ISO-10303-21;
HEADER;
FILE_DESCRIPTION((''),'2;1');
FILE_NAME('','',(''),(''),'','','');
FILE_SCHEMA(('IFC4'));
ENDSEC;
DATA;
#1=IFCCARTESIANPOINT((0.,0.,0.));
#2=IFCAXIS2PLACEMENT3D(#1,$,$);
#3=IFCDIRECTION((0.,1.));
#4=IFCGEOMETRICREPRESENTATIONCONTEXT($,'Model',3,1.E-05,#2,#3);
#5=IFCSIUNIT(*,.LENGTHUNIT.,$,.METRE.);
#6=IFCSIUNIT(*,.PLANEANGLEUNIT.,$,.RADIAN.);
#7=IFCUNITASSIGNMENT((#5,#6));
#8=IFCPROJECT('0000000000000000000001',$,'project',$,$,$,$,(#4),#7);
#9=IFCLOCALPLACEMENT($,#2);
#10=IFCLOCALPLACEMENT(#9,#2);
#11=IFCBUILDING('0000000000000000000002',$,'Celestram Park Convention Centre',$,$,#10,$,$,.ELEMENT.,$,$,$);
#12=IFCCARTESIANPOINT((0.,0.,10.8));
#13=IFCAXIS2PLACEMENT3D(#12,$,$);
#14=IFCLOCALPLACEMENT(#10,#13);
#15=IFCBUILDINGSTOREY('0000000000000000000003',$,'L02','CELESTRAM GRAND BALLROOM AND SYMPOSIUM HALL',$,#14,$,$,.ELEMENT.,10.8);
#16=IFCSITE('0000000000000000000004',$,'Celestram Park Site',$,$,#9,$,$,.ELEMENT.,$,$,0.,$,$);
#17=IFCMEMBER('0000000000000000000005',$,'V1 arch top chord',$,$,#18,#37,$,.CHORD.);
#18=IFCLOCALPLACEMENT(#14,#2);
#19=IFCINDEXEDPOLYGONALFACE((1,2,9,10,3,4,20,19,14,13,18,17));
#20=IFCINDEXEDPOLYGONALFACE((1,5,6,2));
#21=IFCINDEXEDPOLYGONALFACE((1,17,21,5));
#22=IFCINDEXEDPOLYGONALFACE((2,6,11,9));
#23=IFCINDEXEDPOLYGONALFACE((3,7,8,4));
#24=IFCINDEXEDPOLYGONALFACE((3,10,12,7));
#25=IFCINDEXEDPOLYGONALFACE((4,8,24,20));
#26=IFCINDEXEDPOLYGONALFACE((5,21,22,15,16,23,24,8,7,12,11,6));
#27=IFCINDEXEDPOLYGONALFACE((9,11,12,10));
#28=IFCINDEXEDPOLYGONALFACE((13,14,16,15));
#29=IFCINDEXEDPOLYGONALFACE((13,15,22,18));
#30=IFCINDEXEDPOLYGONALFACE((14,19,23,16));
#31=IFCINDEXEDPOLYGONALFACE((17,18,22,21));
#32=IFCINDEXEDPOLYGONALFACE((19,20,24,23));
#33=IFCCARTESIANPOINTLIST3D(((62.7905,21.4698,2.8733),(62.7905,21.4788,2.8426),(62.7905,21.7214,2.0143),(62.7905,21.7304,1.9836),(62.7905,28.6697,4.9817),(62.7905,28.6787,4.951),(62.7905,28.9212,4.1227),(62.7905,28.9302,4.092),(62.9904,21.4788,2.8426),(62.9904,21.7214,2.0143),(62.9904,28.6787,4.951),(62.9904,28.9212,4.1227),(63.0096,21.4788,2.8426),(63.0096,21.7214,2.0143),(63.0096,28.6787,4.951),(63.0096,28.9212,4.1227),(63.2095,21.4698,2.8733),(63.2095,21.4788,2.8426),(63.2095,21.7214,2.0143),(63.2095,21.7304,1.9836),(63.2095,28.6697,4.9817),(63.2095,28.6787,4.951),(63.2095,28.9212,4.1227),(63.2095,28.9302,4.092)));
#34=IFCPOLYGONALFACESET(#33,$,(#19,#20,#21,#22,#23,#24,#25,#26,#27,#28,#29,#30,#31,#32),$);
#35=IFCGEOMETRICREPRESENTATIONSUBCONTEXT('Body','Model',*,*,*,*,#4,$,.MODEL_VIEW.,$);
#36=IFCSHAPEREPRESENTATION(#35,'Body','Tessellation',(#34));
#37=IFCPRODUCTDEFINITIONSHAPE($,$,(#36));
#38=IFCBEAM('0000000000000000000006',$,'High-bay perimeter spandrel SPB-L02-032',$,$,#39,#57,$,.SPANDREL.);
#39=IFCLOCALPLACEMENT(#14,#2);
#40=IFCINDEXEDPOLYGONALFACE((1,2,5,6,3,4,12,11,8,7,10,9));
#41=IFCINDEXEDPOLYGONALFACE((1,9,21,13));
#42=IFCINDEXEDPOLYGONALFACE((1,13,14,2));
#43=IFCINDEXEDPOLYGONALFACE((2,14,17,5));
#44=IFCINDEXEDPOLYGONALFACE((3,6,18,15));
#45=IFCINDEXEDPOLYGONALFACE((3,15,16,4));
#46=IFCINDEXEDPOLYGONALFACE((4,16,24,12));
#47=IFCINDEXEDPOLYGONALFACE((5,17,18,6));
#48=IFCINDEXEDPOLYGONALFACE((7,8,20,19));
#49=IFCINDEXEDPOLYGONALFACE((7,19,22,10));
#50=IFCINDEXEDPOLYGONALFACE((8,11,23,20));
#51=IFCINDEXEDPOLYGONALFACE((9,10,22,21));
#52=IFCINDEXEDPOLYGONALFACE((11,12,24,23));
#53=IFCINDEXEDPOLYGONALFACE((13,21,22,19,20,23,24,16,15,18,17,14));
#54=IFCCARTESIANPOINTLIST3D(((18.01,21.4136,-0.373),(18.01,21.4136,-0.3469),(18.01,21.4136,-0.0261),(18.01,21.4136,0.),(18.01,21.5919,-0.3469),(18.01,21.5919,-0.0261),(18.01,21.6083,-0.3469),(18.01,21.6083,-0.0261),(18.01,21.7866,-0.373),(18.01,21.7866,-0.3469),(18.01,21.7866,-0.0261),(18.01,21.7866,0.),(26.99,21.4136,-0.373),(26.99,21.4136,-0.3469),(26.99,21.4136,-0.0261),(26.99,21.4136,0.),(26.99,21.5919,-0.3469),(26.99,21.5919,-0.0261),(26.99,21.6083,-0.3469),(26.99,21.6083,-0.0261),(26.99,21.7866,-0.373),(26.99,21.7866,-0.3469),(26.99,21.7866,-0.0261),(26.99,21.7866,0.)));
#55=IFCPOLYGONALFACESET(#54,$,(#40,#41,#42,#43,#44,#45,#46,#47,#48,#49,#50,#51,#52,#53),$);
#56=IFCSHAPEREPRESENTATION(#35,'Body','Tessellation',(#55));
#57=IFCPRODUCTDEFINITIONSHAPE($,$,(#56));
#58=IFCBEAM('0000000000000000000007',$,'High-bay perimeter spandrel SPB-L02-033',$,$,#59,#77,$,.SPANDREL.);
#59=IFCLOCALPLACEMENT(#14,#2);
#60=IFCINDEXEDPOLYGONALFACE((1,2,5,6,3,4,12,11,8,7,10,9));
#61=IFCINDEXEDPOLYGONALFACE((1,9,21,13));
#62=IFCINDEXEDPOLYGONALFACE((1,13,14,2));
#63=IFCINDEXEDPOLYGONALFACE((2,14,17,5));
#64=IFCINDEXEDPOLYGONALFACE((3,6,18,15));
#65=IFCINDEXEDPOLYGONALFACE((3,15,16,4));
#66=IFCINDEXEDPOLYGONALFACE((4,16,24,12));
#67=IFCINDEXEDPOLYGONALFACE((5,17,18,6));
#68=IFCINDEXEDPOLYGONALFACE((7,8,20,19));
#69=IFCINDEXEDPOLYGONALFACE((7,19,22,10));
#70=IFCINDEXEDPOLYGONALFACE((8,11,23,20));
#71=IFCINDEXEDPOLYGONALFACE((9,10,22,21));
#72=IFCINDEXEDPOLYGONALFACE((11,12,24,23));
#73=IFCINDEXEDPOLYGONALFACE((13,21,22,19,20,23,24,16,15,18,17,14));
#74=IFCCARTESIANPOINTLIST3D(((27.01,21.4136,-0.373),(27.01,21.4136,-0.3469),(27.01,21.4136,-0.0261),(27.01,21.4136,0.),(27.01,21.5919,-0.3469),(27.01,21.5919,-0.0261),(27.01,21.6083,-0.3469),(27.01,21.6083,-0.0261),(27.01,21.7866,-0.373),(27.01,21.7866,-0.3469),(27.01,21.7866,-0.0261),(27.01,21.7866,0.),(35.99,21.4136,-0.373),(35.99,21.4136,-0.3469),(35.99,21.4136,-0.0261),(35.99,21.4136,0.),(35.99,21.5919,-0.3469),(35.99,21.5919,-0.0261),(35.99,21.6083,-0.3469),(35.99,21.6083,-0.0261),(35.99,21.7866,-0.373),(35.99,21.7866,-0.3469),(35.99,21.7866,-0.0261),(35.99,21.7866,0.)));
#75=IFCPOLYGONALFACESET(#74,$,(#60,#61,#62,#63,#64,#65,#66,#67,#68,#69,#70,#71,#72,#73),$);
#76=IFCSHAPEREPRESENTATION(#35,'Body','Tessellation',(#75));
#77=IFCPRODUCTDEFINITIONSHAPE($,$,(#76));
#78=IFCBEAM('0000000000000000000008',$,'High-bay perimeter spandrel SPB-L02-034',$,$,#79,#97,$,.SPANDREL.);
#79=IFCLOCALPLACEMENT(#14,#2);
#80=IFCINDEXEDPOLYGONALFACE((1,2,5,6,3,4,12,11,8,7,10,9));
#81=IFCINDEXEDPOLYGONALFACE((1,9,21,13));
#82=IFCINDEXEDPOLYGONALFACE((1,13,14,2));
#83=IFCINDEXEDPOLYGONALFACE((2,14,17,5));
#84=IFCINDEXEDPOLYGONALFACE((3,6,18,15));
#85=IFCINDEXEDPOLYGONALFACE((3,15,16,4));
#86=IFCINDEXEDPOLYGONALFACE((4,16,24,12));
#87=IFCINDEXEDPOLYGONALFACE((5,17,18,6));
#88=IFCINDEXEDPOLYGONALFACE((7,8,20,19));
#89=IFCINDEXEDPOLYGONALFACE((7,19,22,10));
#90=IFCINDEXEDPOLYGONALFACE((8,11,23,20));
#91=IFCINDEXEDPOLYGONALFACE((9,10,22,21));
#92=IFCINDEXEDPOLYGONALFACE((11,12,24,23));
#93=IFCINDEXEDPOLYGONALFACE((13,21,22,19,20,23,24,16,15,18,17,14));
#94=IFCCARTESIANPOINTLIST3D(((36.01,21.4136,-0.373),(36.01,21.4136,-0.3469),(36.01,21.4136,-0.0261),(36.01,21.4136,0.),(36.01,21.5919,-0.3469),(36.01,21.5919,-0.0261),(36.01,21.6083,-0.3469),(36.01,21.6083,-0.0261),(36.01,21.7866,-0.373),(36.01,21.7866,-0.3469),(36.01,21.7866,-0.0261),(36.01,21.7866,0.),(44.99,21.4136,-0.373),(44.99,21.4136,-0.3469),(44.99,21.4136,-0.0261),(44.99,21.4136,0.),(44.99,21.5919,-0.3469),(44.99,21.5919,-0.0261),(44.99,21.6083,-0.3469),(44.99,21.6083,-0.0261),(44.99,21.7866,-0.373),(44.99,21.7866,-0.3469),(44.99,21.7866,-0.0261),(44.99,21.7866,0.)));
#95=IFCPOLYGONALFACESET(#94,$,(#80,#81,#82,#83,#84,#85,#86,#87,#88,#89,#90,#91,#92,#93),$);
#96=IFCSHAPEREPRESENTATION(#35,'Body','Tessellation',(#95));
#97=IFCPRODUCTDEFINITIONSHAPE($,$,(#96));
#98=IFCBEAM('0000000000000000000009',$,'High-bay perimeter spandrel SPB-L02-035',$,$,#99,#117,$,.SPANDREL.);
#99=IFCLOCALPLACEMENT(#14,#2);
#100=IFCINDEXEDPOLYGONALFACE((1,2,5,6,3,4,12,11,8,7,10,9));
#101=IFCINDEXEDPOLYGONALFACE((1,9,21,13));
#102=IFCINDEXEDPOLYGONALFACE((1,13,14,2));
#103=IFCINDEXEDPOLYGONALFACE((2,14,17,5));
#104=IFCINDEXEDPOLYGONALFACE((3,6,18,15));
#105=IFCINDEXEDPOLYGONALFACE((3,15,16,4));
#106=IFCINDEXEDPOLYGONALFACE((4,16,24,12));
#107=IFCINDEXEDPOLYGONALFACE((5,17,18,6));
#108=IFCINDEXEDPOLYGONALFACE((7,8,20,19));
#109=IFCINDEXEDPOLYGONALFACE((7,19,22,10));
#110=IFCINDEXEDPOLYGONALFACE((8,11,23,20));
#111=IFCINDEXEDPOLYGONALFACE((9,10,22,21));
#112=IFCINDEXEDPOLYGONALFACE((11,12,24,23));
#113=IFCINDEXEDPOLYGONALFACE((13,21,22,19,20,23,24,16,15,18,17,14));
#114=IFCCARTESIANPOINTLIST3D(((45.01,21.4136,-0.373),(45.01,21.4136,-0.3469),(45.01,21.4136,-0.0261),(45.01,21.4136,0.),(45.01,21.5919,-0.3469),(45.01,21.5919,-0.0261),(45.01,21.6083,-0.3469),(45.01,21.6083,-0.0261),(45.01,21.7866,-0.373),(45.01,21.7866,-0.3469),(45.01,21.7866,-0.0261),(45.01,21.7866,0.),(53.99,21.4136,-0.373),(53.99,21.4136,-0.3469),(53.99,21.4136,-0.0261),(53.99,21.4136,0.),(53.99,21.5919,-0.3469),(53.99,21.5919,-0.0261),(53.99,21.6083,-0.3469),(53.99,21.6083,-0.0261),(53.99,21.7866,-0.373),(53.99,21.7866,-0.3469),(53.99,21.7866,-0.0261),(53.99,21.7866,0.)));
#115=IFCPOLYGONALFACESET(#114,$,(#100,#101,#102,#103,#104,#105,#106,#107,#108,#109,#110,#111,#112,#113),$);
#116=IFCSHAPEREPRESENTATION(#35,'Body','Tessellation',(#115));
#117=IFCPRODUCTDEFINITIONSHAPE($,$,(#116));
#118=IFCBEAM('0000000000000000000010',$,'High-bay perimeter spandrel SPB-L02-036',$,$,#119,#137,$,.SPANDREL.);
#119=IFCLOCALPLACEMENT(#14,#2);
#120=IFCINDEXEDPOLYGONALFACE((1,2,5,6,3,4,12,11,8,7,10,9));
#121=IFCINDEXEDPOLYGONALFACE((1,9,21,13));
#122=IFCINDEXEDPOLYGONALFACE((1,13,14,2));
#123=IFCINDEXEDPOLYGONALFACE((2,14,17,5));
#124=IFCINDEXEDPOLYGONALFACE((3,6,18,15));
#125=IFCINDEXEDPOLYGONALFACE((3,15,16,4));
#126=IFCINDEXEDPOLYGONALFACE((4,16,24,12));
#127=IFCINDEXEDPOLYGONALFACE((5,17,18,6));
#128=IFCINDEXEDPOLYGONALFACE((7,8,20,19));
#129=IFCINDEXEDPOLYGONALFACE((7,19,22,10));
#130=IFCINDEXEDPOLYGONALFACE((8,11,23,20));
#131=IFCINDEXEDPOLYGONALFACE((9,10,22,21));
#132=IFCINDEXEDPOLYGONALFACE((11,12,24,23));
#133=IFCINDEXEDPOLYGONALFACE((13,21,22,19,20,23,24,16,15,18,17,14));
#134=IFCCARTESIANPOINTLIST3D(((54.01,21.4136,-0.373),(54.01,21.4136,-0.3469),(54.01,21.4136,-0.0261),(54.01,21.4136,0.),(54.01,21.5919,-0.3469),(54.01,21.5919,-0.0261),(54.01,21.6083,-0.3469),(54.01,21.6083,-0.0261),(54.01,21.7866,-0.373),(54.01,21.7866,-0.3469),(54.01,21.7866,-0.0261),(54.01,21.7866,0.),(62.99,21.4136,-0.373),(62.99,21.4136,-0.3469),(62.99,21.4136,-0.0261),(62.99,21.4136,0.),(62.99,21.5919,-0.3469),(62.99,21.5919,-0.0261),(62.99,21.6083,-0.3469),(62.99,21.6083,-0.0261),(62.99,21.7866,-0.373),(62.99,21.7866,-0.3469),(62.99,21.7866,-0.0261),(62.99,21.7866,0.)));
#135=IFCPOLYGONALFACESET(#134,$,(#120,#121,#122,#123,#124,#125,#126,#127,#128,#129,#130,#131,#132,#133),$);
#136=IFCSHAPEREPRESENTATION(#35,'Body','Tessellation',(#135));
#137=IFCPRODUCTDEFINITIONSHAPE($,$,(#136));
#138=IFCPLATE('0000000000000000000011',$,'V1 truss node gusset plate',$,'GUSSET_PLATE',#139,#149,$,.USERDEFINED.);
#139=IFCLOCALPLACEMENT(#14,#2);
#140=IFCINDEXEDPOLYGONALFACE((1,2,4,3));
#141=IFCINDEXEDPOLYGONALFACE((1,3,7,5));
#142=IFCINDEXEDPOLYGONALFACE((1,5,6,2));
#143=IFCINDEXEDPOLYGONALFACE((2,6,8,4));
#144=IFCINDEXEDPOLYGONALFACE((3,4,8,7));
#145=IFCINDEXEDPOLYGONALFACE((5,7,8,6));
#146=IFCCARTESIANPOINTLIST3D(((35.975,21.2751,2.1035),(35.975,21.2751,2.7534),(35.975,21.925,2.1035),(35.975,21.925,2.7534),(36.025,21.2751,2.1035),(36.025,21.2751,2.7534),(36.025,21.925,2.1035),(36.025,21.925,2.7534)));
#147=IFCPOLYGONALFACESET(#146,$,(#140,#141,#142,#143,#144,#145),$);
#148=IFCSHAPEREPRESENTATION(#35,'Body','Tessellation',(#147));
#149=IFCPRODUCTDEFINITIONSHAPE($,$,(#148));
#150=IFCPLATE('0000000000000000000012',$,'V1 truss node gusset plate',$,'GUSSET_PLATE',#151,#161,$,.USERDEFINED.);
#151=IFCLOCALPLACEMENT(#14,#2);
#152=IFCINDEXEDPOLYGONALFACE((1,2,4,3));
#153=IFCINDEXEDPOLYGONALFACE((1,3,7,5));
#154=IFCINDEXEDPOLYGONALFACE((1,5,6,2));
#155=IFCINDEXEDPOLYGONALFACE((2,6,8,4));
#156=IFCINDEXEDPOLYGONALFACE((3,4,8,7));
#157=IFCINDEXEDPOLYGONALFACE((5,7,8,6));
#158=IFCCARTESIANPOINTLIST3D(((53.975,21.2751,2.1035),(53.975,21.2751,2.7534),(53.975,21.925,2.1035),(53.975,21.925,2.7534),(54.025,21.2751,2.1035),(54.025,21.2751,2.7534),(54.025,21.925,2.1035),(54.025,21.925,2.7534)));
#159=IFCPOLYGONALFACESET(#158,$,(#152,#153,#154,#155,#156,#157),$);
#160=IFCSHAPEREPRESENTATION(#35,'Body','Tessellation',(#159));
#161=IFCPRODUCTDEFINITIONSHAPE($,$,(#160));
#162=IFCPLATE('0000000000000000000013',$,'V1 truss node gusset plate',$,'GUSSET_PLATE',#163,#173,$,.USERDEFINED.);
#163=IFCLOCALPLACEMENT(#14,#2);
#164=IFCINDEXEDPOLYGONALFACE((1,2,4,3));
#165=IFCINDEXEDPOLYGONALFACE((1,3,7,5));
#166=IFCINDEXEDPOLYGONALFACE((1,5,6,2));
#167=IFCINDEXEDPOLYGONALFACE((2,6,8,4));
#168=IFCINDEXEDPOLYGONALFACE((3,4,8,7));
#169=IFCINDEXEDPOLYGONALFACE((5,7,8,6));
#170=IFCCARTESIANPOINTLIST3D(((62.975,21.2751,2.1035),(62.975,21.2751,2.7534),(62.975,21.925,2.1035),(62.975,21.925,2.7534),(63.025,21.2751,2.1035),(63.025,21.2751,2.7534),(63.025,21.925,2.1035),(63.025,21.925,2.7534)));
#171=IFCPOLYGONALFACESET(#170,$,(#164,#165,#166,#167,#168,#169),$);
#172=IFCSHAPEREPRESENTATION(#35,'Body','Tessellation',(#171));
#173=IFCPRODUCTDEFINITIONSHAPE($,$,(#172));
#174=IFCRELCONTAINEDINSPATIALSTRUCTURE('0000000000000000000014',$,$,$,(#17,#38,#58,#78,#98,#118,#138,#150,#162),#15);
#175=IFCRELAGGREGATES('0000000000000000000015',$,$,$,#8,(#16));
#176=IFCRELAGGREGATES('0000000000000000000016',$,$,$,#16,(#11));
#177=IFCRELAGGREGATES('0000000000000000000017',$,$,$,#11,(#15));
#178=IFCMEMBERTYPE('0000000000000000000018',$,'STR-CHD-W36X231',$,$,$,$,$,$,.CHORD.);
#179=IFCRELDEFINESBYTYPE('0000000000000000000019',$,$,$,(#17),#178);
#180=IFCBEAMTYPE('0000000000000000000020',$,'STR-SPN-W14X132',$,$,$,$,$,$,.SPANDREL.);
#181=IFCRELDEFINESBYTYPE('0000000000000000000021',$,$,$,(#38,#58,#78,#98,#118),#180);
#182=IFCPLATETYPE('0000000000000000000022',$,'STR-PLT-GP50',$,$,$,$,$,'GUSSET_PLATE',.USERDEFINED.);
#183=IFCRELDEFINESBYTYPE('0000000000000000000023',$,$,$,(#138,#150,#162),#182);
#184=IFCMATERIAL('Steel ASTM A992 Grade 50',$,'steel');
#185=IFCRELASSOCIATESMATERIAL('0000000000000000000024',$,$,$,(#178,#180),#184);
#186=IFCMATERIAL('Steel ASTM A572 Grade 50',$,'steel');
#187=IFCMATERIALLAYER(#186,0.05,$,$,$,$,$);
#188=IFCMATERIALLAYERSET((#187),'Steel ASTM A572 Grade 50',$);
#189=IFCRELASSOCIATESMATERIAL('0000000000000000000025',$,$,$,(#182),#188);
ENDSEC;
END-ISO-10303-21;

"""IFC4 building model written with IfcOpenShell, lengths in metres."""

from ifc_helpers import new_model, si_unit, direction, frame, origin, origin_2d, place, context, subcontext, project, spatial, rectangle, i_section, extrude, material, layer, layer_set, material_profile, profile_set, type_object, element, save


model = new_model("IFC4")

# Units and contexts
model_context = context("Model", 3, precision=1e-05, world=origin(), true_north=direction((0.0, 1.0)))
body_context = subcontext(model_context, "Body", "Model", "MODEL_VIEW")
ifc_project = project(units=[si_unit("LENGTHUNIT", "METRE"), si_unit("PLANEANGLEUNIT", "RADIAN")], contexts=[model_context])

# Site, building, storey
site_placement = place(None, origin())
site = spatial("IfcSite", under=ifc_project, at=site_placement, Name="Celestram Park Site", CompositionType="ELEMENT", RefElevation=0.0)
building_placement = place(site_placement, origin())
building = spatial("IfcBuilding", under=site, at=building_placement, Name="Celestram Park Convention Centre", CompositionType="ELEMENT")
storey_placement = place(building_placement, frame((0.0, 0.0, 10.8)))
storey = spatial("IfcBuildingStorey", under=building, at=storey_placement, Name="L02", Description="CELESTRAM GRAND BALLROOM AND SYMPOSIUM HALL", CompositionType="ELEMENT", Elevation=10.8)

# Shared definitions
ifc_material_1 = material(Name="Steel ASTM A992 Grade 50", Category="steel")

# Member
ifc_material_profile_1 = material_profile(ifc_material_1, i_section(OverallWidth=0.4189, OverallDepth=0.927, WebThickness=0.0193, FlangeThickness=0.032, at=origin_2d()), Name="W36X231")
ifc_profile_set_1 = profile_set([ifc_material_profile_1], Name="Steel ASTM A992 Grade 50")
member_type_1 = type_object("IfcMemberType", Name="STR-CHD-W36X231", PredefinedType="CHORD", material=ifc_profile_set_1)
for number, where, z_axis, x_axis, name in (
    (1, (63.0, 21.6001, 2.4285), (0.0, 0.959698, 0.281033), (-1.0, 0.0, 0.0), "V1 arch top chord"),
):
    element("IfcMember", number, at=place(storey_placement, frame(where, z_axis=z_axis, x_axis=x_axis)), inside=storey, type_object=member_type_1, Name=name, PredefinedType="CHORD", context=body_context, shape_type="SweptSolid", body=[
        extrude(i_section(OverallWidth=0.4189, OverallDepth=0.927, WebThickness=0.0193, FlangeThickness=0.032, at=origin_2d()), origin(), (0.0, 0.0, 1.0), 7.5022),
    ])

# Beams
ifc_material_profile_2 = material_profile(ifc_material_1, i_section(OverallWidth=0.373, OverallDepth=0.373, WebThickness=0.0164, FlangeThickness=0.0261, at=origin_2d()), Name="W14X132")
ifc_profile_set_2 = profile_set([ifc_material_profile_2], Name="Steel ASTM A992 Grade 50")
beam_type_1 = type_object("IfcBeamType", Name="STR-SPN-W14X132", PredefinedType="SPANDREL", material=ifc_profile_set_2)
for number, where, z_axis, x_axis, name in (
    (2, (18.01, 21.6001, -0.1865), (1.0, 0.0, 0.0), (0.0, 1.0, 0.0), "High-bay perimeter spandrel SPB-L02-032"),
    (3, (27.01, 21.6001, -0.1865), (1.0, 0.0, 0.0), (0.0, 1.0, 0.0), "High-bay perimeter spandrel SPB-L02-033"),
    (4, (36.01, 21.6001, -0.1865), (1.0, 0.0, 0.0), (0.0, 1.0, 0.0), "High-bay perimeter spandrel SPB-L02-034"),
    (5, (45.01, 21.6001, -0.1865), (1.0, 0.0, 0.0), (0.0, 1.0, 0.0), "High-bay perimeter spandrel SPB-L02-035"),
    (6, (54.01, 21.6001, -0.1865), (1.0, 0.0, 0.0), (0.0, 1.0, 0.0), "High-bay perimeter spandrel SPB-L02-036"),
):
    element("IfcBeam", number, at=place(storey_placement, frame(where, z_axis=z_axis, x_axis=x_axis)), inside=storey, type_object=beam_type_1, Name=name, PredefinedType="SPANDREL", context=body_context, shape_type="SweptSolid", body=[
        extrude(i_section(OverallWidth=0.373, OverallDepth=0.373, WebThickness=0.0164, FlangeThickness=0.0261, at=origin_2d()), origin(), (0.0, 0.0, 1.0), 8.98),
    ])

# Plates
ifc_material_2 = material(Name="Steel ASTM A572 Grade 50", Category="steel")
ifc_layer = layer(ifc_material_2, 0.05)
ifc_layer_set = layer_set([ifc_layer], Name="Steel ASTM A572 Grade 50")
plate_type = type_object("IfcPlateType", Name="STR-PLT-GP50", ElementType="GUSSET_PLATE", PredefinedType="USERDEFINED", material=ifc_layer_set)
for number, where, z_axis, x_axis, name in (
    (7, (36.0, 21.6001, 2.1035), (0.0, 0.0, 1.0), (0.0, 1.0, 0.0), "V1 truss node gusset plate"),
    (8, (54.0, 21.6001, 2.1035), (0.0, 0.0, 1.0), (0.0, 1.0, 0.0), "V1 truss node gusset plate"),
    (9, (63.0, 21.6001, 2.1035), (0.0, 0.0, 1.0), (0.0, 1.0, 0.0), "V1 truss node gusset plate"),
):
    element("IfcPlate", number, at=place(storey_placement, frame(where, z_axis=z_axis, x_axis=x_axis)), inside=storey, type_object=plate_type, Name=name, ObjectType="GUSSET_PLATE", PredefinedType="USERDEFINED", context=body_context, shape_type="SweptSolid", body=[
        extrude(rectangle(XDim=0.6499, YDim=0.05, at=origin_2d()), origin(), (0.0, 0.0, 1.0), 0.6499),
    ])

save(model, "model.ifc")
